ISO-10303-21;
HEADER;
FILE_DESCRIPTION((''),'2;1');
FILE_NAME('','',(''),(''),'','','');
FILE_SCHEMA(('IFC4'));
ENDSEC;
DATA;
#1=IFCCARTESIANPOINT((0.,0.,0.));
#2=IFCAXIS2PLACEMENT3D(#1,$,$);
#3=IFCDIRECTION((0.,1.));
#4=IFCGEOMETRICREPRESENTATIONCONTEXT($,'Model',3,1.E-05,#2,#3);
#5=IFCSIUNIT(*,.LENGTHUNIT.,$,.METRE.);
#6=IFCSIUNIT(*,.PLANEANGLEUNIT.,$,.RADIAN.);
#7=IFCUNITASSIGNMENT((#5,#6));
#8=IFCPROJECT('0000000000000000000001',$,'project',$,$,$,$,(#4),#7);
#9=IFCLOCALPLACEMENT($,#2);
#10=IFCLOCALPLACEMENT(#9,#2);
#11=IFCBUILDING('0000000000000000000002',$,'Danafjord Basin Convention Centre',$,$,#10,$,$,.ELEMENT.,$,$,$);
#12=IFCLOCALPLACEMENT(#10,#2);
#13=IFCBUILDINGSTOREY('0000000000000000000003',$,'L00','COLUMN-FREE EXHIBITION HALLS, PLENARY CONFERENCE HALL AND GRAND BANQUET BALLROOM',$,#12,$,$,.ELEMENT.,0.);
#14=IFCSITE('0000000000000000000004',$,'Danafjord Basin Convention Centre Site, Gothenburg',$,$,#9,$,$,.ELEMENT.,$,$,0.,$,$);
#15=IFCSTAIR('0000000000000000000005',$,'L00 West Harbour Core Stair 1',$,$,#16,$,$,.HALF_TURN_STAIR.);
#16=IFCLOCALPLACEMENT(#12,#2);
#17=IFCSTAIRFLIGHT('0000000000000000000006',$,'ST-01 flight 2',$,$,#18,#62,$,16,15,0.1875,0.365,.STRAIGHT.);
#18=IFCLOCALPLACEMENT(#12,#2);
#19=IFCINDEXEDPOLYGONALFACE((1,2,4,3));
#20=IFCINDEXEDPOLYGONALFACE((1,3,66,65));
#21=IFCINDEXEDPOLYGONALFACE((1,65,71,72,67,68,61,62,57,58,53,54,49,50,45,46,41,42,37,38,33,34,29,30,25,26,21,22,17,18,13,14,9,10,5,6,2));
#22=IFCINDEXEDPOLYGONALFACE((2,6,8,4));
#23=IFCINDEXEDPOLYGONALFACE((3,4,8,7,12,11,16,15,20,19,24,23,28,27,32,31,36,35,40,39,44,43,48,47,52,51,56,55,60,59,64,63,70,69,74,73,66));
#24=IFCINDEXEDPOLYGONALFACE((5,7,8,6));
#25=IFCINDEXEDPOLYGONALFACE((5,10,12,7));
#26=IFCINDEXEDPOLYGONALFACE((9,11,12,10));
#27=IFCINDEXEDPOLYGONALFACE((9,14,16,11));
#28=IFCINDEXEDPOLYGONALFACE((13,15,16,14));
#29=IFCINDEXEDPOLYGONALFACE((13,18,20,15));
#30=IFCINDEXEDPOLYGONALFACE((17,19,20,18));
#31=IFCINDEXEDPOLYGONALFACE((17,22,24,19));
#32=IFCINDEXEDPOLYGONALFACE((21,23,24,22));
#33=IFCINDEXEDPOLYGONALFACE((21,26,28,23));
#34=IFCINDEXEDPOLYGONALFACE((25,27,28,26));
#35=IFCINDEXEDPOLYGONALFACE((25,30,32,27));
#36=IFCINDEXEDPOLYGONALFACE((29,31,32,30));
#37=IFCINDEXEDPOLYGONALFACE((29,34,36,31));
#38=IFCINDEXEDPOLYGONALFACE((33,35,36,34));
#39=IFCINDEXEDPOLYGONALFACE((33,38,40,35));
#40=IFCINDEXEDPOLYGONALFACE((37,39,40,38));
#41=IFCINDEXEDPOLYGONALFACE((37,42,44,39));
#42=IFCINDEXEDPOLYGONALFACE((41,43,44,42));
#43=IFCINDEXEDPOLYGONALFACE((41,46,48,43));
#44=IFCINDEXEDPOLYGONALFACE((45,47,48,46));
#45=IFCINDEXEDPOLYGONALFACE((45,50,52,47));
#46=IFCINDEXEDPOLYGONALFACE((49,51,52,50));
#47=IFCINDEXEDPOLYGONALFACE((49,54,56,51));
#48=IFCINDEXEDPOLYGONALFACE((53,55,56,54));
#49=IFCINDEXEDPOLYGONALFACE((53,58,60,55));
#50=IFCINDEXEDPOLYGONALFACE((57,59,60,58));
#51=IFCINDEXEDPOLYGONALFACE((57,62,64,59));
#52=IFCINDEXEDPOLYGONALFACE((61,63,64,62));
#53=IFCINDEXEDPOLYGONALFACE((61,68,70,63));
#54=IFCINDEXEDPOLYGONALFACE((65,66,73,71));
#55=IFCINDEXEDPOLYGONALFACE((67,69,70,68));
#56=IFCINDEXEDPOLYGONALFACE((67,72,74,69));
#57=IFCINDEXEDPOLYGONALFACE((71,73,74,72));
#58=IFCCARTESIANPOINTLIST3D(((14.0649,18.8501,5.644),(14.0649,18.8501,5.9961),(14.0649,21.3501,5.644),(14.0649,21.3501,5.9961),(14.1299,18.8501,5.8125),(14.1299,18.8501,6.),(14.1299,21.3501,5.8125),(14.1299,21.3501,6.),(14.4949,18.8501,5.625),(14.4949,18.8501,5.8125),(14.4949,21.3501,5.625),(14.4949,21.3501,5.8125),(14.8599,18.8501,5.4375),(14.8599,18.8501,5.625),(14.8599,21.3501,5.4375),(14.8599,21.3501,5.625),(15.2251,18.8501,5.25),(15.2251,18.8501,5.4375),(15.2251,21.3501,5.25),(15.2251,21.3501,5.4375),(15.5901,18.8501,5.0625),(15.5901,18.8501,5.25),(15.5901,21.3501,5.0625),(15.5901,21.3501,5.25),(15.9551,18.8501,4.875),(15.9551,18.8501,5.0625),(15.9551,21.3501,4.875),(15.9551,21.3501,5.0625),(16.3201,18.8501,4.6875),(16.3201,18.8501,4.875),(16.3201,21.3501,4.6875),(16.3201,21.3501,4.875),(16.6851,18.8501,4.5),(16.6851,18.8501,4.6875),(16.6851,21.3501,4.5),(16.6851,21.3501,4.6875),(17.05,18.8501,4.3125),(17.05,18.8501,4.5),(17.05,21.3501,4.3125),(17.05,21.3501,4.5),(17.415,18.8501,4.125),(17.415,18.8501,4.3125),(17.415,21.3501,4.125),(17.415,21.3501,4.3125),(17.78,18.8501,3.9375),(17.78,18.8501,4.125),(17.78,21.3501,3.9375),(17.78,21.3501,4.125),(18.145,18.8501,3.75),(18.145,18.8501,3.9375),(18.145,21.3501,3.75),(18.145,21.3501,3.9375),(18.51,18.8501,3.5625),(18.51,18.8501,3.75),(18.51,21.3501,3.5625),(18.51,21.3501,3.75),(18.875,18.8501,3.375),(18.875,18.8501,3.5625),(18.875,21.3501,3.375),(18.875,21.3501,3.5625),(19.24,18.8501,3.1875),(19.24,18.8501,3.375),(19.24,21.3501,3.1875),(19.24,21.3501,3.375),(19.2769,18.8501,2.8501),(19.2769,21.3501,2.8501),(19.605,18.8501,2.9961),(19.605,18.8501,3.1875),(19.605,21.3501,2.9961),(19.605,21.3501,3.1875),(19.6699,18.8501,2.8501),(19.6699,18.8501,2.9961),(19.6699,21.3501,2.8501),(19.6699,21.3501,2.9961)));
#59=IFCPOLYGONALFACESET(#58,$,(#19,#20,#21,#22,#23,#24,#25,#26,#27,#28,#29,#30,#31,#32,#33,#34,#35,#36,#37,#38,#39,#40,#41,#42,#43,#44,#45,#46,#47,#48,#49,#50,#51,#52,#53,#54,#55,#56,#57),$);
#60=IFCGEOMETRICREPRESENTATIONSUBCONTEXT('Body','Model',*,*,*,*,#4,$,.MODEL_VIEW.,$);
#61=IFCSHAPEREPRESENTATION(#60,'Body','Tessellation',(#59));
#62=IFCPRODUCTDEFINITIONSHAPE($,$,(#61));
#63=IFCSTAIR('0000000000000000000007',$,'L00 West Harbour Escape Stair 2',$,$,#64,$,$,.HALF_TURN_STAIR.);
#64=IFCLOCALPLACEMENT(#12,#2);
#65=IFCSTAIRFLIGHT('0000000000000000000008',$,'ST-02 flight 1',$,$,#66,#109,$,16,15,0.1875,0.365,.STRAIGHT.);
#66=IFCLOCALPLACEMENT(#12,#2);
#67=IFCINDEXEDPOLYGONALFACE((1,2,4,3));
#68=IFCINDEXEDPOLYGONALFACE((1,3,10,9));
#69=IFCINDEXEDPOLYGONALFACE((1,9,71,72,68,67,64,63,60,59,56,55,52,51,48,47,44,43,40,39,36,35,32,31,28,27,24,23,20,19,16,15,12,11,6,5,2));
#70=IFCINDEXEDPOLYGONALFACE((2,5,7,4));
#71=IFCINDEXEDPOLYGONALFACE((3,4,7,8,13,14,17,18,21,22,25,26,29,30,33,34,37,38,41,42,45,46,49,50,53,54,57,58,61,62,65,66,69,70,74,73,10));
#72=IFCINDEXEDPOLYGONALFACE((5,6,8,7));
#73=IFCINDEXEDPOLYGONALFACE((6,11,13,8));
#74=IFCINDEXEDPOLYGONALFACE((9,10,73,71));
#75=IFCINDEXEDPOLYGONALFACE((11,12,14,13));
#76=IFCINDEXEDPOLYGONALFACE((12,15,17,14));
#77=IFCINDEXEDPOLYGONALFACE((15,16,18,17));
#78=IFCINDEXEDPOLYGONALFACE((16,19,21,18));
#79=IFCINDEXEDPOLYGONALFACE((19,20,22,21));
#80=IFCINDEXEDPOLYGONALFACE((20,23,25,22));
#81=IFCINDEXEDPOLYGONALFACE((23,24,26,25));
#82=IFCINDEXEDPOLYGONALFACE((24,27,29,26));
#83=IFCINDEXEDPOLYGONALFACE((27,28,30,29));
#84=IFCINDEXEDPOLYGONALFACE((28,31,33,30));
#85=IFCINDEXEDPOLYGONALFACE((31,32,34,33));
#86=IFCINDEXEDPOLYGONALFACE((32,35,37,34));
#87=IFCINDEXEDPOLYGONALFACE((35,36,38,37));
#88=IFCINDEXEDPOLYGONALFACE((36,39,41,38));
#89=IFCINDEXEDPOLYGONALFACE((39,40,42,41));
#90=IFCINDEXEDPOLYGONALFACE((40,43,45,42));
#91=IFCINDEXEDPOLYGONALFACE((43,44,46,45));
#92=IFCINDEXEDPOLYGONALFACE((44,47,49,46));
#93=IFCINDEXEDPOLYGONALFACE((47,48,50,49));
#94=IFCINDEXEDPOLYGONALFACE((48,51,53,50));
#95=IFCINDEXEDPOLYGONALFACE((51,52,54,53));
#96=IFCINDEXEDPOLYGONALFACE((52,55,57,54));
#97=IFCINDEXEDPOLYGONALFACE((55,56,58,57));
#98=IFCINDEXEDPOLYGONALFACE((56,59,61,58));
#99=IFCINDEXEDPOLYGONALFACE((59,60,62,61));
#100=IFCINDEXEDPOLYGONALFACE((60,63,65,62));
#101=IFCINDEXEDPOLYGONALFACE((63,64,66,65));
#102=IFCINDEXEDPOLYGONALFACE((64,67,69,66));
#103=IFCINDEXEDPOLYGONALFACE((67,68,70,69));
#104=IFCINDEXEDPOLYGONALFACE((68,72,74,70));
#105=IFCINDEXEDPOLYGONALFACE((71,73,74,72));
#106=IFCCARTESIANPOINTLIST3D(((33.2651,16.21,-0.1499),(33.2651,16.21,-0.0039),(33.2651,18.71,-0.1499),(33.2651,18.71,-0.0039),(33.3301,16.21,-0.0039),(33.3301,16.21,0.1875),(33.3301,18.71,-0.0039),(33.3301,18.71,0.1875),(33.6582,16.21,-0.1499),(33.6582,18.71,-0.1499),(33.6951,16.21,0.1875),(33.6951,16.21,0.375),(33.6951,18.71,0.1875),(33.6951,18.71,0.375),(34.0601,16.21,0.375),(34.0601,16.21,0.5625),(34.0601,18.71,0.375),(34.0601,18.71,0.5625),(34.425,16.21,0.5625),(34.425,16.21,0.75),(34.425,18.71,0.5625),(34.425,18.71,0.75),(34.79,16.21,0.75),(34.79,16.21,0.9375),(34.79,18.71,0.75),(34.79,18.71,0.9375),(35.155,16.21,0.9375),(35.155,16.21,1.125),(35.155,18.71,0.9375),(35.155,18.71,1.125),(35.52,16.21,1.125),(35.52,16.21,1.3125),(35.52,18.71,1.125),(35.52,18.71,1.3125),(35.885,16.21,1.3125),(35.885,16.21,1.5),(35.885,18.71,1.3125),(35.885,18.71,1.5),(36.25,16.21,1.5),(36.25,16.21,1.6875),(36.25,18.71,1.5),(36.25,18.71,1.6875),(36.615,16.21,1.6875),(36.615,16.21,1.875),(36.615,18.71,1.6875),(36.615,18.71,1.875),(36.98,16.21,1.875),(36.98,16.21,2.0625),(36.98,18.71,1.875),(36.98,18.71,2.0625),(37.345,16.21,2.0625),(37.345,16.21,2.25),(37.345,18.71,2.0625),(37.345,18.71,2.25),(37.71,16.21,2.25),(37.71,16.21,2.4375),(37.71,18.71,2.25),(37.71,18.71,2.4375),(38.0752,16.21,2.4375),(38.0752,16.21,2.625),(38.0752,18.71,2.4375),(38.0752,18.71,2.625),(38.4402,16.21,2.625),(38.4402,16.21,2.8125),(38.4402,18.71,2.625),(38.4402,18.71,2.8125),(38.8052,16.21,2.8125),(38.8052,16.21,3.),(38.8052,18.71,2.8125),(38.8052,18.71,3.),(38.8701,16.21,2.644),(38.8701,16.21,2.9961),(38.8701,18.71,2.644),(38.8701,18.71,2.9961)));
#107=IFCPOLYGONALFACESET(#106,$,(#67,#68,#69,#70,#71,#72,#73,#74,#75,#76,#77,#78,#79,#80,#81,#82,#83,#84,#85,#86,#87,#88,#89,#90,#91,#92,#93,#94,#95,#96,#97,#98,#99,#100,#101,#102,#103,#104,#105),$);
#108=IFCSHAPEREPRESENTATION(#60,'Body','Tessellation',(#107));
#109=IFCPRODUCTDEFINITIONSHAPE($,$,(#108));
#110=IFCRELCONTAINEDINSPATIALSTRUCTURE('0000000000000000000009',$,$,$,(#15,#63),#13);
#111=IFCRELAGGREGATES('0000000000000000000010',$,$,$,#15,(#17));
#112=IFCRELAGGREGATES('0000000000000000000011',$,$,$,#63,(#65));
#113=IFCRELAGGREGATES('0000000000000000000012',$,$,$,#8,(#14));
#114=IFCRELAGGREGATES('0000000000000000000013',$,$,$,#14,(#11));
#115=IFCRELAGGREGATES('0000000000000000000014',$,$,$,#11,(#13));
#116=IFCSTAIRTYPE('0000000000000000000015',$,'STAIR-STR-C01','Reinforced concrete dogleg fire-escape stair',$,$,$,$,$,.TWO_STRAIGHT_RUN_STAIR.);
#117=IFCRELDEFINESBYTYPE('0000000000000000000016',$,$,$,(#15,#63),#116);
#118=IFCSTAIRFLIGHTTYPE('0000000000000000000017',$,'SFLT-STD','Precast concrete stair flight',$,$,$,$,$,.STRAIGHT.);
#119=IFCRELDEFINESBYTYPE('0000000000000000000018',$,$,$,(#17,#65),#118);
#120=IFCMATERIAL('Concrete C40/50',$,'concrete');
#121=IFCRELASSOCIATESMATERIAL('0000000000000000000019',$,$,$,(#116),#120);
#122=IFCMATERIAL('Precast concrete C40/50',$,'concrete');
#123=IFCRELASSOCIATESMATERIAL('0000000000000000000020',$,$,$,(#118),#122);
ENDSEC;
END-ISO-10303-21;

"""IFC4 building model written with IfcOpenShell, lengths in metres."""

from ifc_helpers import new_model, si_unit, direction, frame, origin, place, context, subcontext, project, spatial, polyline, outline, extrude, material, type_object, element, aggregate, save


model = new_model("IFC4")

# Units and contexts
model_context = context("Model", 3, precision=1e-05, world=origin(), true_north=direction((0.0, 1.0)))
body_context = subcontext(model_context, "Body", "Model", "MODEL_VIEW")
ifc_project = project(units=[si_unit("LENGTHUNIT", "METRE"), si_unit("PLANEANGLEUNIT", "RADIAN")], contexts=[model_context])

# Site, building, storey
site_placement = place(None, origin())
site = spatial("IfcSite", under=ifc_project, at=site_placement, Name="Danafjord Basin Convention Centre Site, Gothenburg", CompositionType="ELEMENT", RefElevation=0.0)
building_placement = place(site_placement, origin())
building = spatial("IfcBuilding", under=site, at=building_placement, Name="Danafjord Basin Convention Centre", CompositionType="ELEMENT")
storey_placement = place(building_placement, origin())
storey = spatial("IfcBuildingStorey", under=building, at=storey_placement, Name="L00", Description="COLUMN-FREE EXHIBITION HALLS, PLENARY CONFERENCE HALL AND GRAND BANQUET BALLROOM", CompositionType="ELEMENT", Elevation=0.0)

# Stairs, stair flights
ifc_material_1 = material(Name="Concrete C40/50", Category="concrete")
stair_type_1 = type_object("IfcStairType", Name="STAIR-STR-C01", Description="Reinforced concrete dogleg fire-escape stair", PredefinedType="TWO_STRAIGHT_RUN_STAIR", material=ifc_material_1)
stair_1_placement = place(storey_placement, origin())
stair_1 = element("IfcStair", 1, at=stair_1_placement, inside=storey, type_object=stair_type_1, Name="L00 West Harbour Core Stair 1", PredefinedType="HALF_TURN_STAIR")
ifc_material_2 = material(Name="Precast concrete C40/50", Category="concrete")
stair_flight_type = type_object("IfcStairFlightType", Name="SFLT-STD", Description="Precast concrete stair flight", PredefinedType="STRAIGHT", material=ifc_material_2)
stair_flight_1_placement = place(storey_placement, frame((19.605, 20.1001, 3.0), z_axis=(0.0, 0.0, 1.0), x_axis=(-1.0, 0.0, 0.0)))
stair_flight_1 = element("IfcStairFlight", 2, at=stair_flight_1_placement, type_object=stair_flight_type, Name="ST-01 flight 2", NumberOfRisers=16, NumberOfTreads=15, PredefinedType="STRAIGHT", RiserHeight=0.1875, TreadLength=0.365, context=body_context, shape_type="SweptSolid", body=[
    extrude(outline(polyline([(-0.0649, -0.1499), (-0.0649, -0.0039), (0.0, -0.0039), (0.0, 0.1875), (0.365, 0.1875), (0.365, 0.375), (0.73, 0.375), (0.73, 0.5625), (1.095, 0.5625), (1.095, 0.75), (1.46, 0.75), (1.46, 0.9375), (1.825, 0.9375), (1.825, 1.125), (2.1899, 1.125), (2.1899, 1.3125), (2.5549, 1.3125), (2.5549, 1.5), (2.9199, 1.5), (2.9199, 1.6875), (3.2849, 1.6875), (3.2849, 1.875), (3.6499, 1.875), (3.6499, 2.0625), (4.0149, 2.0625), (4.0149, 2.25), (4.3799, 2.25), (4.3799, 2.4375), (4.7451, 2.4375), (4.7451, 2.625), (5.1101, 2.625), (5.1101, 2.8125), (5.4751, 2.8125), (5.4751, 3.0), (5.54, 2.9961), (5.54, 2.644), (0.3281, -0.1499), (-0.0649, -0.1499)])), frame((0.0, 1.25, 0.0), z_axis=(0.0, -1.0, 0.0), x_axis=(1.0, 0.0, 0.0)), (0.0, 0.0, 1.0), 2.5),
])
aggregate(stair_1, [stair_flight_1])
stair_2_placement = place(storey_placement, origin())
stair_2 = element("IfcStair", 3, at=stair_2_placement, inside=storey, type_object=stair_type_1, Name="L00 West Harbour Escape Stair 2", PredefinedType="HALF_TURN_STAIR")
stair_flight_2_placement = place(storey_placement, frame((33.3301, 17.46, 0.0), z_axis=(0.0, 0.0, 1.0), x_axis=(1.0, 0.0, 0.0)))
stair_flight_2 = element("IfcStairFlight", 4, at=stair_flight_2_placement, type_object=stair_flight_type, Name="ST-02 flight 1", NumberOfRisers=16, NumberOfTreads=15, PredefinedType="STRAIGHT", RiserHeight=0.1875, TreadLength=0.365, context=body_context, shape_type="SweptSolid", body=[
    extrude(outline(polyline([(-0.0649, -0.1499), (-0.0649, -0.0039), (0.0, -0.0039), (0.0, 0.1875), (0.365, 0.1875), (0.365, 0.375), (0.73, 0.375), (0.73, 0.5625), (1.095, 0.5625), (1.095, 0.75), (1.46, 0.75), (1.46, 0.9375), (1.825, 0.9375), (1.825, 1.125), (2.1899, 1.125), (2.1899, 1.3125), (2.5549, 1.3125), (2.5549, 1.5), (2.9199, 1.5), (2.9199, 1.6875), (3.2849, 1.6875), (3.2849, 1.875), (3.6499, 1.875), (3.6499, 2.0625), (4.0149, 2.0625), (4.0149, 2.25), (4.3799, 2.25), (4.3799, 2.4375), (4.7451, 2.4375), (4.7451, 2.625), (5.1101, 2.625), (5.1101, 2.8125), (5.4751, 2.8125), (5.4751, 3.0), (5.54, 2.9961), (5.54, 2.644), (0.3281, -0.1499), (-0.0649, -0.1499)])), frame((0.0, 1.25, 0.0), z_axis=(0.0, -1.0, 0.0), x_axis=(1.0, 0.0, 0.0)), (0.0, 0.0, 1.0), 2.5),
])
aggregate(stair_2, [stair_flight_2])

save(model, "model.ifc")
